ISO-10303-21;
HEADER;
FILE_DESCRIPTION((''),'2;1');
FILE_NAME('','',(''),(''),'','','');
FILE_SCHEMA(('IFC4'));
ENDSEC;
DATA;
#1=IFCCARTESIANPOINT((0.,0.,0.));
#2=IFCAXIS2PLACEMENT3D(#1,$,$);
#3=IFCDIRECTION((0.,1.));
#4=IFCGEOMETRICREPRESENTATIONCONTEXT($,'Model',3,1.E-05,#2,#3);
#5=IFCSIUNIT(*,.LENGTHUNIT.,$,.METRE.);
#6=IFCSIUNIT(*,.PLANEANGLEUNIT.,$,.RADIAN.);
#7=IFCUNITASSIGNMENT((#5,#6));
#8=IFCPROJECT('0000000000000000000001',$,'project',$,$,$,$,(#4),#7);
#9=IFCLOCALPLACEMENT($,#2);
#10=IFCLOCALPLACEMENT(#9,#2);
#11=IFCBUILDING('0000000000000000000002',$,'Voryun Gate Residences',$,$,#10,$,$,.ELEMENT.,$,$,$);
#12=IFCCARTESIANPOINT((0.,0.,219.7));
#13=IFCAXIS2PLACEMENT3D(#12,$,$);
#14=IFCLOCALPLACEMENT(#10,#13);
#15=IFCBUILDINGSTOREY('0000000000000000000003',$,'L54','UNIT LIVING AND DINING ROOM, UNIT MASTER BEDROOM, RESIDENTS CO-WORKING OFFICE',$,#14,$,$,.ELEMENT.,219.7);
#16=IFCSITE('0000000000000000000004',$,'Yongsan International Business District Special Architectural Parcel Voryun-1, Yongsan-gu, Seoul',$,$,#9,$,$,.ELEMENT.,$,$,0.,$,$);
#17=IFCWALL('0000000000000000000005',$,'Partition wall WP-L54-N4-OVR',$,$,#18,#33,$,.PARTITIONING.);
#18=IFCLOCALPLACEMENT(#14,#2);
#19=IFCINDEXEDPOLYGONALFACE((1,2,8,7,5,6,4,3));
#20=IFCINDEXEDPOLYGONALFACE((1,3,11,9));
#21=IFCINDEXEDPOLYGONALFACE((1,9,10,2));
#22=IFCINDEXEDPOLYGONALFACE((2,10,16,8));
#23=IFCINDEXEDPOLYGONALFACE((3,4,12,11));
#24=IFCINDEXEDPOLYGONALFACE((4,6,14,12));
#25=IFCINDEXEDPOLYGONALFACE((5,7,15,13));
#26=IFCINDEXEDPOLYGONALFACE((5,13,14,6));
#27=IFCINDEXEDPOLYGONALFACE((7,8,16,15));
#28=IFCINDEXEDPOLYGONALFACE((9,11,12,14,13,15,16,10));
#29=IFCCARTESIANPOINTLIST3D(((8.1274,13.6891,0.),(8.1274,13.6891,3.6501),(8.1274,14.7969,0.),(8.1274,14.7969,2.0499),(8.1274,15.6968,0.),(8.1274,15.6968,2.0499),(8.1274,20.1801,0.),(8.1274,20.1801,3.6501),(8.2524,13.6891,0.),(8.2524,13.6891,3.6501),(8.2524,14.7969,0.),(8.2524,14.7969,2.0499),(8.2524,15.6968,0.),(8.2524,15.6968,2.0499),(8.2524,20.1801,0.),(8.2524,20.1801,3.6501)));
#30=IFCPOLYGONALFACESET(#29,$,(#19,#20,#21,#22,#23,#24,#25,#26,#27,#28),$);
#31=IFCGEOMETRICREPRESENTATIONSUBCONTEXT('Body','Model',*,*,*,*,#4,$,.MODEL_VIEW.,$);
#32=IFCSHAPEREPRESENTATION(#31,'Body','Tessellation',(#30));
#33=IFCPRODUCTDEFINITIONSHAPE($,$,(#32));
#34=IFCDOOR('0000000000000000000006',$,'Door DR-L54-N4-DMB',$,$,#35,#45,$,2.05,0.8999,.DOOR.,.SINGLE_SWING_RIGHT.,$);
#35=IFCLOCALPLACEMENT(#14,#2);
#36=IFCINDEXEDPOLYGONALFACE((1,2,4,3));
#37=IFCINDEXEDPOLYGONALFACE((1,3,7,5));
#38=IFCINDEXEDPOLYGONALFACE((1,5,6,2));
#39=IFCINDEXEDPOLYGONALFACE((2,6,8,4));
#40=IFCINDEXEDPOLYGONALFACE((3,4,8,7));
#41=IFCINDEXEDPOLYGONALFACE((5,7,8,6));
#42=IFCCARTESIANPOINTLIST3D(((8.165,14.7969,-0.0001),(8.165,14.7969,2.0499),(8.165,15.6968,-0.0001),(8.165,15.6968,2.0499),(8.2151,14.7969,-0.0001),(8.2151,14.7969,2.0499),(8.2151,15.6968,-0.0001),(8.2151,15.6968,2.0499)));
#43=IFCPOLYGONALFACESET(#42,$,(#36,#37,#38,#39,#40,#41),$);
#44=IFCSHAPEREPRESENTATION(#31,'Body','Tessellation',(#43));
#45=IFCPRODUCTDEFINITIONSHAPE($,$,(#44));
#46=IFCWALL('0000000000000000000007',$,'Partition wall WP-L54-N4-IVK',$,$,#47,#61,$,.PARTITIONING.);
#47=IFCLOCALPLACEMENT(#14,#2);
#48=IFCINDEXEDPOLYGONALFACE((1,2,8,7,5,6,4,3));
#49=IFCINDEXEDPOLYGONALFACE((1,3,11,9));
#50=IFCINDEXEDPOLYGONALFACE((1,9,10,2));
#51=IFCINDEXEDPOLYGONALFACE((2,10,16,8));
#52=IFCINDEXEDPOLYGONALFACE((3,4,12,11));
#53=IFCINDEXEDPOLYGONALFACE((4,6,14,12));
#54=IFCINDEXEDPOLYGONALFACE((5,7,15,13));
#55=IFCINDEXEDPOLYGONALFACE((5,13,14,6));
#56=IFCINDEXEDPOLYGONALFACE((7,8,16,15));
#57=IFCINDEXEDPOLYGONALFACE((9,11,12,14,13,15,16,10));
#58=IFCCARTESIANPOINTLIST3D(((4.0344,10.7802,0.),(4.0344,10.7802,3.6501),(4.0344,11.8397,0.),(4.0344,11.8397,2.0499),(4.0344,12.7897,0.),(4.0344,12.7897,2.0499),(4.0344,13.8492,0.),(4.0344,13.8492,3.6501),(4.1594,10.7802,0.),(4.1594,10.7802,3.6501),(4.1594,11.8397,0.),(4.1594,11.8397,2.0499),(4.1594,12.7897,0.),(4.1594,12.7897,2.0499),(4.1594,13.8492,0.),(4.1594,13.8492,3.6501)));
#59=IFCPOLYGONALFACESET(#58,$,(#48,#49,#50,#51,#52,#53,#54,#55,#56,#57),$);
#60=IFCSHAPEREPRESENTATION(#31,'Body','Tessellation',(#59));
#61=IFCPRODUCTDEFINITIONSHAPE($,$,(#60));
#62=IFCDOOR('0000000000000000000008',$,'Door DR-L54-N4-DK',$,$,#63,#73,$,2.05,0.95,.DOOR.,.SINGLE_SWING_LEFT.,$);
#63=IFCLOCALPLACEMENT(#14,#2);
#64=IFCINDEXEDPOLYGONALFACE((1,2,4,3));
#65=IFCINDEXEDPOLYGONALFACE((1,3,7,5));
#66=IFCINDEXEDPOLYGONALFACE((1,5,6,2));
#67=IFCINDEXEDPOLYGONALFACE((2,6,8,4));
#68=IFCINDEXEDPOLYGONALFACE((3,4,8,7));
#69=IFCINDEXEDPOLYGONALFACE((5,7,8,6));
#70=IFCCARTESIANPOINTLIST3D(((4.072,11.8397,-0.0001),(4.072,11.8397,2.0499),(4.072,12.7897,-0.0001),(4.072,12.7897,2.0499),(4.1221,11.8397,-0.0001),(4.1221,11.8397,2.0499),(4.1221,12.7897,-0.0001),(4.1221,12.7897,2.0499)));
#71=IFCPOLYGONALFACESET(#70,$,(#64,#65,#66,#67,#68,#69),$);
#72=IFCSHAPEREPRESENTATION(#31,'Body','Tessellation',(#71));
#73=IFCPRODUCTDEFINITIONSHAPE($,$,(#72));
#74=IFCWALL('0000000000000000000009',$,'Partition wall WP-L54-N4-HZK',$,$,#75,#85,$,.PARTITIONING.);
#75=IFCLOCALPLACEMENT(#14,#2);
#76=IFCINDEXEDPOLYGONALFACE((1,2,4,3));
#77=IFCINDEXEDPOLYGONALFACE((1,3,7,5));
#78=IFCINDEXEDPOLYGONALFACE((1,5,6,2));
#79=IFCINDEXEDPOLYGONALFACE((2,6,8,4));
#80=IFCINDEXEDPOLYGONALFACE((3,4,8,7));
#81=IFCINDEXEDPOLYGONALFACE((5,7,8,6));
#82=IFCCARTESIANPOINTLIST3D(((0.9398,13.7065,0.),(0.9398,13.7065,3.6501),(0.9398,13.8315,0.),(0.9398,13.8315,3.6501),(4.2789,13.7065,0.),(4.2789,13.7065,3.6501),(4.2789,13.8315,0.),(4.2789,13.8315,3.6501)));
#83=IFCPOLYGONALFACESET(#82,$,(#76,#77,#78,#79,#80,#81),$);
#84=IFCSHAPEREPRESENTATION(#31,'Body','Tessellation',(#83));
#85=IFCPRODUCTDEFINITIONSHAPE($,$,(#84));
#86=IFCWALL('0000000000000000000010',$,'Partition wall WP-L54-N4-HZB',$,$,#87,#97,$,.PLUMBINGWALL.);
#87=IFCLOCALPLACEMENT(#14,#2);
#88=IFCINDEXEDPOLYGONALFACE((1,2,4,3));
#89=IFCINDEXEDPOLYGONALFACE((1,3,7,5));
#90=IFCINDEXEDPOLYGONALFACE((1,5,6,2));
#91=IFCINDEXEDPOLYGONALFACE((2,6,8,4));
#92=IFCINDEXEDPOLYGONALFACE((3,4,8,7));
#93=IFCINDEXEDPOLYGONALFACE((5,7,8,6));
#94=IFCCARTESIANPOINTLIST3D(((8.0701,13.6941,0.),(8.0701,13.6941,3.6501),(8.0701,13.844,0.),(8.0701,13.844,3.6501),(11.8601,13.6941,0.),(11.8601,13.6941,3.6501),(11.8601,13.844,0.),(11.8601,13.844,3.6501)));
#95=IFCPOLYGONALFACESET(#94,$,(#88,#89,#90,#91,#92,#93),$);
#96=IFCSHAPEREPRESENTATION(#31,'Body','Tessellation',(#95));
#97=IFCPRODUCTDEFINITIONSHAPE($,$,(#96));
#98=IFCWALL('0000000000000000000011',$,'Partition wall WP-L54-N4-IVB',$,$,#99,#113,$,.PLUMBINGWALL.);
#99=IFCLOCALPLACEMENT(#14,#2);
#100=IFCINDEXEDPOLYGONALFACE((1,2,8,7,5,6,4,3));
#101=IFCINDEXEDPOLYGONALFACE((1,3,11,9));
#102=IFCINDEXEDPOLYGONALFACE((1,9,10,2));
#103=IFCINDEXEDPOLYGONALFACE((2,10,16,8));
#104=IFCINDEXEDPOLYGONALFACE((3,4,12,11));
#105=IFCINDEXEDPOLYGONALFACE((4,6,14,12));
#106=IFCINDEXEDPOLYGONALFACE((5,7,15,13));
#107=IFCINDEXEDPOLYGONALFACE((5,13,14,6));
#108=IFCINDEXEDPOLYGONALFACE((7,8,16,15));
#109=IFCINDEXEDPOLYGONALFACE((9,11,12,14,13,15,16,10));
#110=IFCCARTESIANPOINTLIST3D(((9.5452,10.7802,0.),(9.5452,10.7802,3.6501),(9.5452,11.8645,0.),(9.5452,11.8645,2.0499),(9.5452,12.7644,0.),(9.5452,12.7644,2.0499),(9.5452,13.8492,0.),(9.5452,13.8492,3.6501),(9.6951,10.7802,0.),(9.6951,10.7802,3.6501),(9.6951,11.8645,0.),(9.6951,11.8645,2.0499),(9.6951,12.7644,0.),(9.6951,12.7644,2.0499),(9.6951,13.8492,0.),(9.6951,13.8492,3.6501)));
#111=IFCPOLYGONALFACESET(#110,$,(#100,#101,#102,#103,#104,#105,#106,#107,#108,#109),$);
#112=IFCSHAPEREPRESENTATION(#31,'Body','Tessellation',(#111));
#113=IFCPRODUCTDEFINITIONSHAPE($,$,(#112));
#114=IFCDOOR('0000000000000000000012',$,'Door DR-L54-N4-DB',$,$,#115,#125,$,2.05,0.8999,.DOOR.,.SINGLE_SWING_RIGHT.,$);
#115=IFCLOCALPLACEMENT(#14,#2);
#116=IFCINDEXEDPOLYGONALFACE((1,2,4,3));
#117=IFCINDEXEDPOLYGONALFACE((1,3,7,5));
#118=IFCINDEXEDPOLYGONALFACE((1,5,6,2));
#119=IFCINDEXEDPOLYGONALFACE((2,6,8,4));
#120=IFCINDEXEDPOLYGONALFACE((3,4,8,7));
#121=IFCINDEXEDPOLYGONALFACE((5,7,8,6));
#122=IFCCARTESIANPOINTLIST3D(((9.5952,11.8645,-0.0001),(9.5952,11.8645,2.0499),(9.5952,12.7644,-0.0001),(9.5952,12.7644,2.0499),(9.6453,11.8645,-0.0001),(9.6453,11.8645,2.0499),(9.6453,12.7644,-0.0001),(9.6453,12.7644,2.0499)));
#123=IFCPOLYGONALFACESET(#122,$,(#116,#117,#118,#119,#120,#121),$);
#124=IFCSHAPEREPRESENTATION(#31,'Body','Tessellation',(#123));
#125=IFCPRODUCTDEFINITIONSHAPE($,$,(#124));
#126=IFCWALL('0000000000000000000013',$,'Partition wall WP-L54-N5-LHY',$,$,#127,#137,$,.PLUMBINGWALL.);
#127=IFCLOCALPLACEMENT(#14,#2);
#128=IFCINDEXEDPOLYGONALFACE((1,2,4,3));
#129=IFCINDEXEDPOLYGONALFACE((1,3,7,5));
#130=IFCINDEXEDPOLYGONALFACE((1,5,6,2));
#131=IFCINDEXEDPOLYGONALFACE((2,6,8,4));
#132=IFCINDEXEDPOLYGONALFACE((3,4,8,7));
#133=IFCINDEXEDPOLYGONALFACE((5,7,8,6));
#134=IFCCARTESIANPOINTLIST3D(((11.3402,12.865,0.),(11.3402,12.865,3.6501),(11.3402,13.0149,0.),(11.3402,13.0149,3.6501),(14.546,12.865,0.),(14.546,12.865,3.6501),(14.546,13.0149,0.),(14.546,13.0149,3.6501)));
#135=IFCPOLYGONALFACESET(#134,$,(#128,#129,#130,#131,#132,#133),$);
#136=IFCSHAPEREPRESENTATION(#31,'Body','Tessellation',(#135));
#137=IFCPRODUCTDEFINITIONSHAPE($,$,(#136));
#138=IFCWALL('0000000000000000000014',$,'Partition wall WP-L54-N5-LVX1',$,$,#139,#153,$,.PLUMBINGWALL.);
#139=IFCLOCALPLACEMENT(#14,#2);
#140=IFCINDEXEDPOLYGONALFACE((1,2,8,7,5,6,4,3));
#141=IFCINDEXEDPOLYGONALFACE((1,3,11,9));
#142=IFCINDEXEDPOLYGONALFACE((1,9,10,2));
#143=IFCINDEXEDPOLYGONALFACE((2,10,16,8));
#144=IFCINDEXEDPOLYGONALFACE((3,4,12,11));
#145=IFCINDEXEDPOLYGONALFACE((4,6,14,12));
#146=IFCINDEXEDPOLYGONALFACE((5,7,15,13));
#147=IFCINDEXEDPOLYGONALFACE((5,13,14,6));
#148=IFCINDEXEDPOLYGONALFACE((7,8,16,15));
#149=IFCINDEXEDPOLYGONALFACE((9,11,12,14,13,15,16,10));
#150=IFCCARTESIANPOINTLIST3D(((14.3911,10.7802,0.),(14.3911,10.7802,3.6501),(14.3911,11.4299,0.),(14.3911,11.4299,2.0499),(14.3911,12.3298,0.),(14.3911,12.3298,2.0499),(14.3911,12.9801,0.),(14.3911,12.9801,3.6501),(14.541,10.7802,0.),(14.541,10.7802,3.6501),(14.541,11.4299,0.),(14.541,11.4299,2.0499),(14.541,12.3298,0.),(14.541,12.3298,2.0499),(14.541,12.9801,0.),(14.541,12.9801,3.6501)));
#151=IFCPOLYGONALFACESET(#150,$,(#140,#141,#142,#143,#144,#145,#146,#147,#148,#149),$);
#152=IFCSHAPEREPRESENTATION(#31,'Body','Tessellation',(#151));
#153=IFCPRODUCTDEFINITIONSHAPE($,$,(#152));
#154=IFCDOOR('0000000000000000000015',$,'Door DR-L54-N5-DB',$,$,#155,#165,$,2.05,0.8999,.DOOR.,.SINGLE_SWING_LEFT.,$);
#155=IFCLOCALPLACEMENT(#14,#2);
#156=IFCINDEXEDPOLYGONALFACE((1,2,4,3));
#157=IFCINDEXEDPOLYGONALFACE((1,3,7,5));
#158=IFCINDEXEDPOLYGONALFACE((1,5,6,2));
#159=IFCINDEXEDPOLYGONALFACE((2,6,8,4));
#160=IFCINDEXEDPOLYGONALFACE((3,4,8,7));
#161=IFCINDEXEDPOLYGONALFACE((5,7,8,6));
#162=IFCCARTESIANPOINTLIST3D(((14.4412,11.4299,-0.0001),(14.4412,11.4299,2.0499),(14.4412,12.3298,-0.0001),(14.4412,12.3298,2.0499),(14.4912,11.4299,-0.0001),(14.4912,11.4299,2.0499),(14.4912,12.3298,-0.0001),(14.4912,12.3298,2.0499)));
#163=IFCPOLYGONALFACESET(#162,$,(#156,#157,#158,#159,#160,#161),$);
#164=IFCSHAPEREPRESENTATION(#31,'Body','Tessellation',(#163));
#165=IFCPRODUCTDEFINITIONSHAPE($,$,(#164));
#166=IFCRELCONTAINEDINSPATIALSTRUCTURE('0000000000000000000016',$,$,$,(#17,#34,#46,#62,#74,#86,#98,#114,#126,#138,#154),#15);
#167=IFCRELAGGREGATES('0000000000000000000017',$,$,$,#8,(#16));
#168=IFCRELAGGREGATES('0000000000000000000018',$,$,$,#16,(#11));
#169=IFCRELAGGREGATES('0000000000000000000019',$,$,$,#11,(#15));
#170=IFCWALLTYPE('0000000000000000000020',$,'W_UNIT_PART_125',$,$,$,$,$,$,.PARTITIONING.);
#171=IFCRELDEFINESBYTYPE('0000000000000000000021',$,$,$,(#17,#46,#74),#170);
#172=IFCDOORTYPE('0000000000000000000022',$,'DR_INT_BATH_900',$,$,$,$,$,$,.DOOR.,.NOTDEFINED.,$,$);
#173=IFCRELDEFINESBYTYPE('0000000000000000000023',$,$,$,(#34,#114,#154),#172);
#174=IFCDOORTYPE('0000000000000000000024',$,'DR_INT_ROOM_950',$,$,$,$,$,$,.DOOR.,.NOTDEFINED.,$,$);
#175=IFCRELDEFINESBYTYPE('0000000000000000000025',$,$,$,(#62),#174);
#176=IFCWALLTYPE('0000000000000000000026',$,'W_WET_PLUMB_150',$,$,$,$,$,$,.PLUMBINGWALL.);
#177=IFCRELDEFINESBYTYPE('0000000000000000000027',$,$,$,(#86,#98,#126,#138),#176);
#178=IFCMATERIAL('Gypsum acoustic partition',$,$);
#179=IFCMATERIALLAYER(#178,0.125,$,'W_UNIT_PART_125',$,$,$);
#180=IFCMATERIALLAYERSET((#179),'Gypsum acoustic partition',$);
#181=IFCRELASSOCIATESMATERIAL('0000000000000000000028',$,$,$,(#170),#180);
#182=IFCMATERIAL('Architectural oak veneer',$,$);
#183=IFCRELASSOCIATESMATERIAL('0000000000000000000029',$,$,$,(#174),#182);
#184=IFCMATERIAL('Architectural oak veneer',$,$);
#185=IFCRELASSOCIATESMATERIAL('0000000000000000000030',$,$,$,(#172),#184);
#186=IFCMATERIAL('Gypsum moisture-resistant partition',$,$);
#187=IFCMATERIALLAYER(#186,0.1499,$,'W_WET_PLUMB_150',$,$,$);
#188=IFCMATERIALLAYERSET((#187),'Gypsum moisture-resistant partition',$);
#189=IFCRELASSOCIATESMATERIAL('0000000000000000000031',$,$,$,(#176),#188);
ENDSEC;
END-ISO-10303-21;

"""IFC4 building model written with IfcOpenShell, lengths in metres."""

from ifc_helpers import new_model, si_unit, direction, frame, frame_2d, origin, place, context, subcontext, project, spatial, rectangle, extrude, material, layer, layer_set, type_object, element, fill, save


model = new_model("IFC4")

# Units and contexts
model_context = context("Model", 3, precision=1e-05, world=origin(), true_north=direction((0.0, 1.0)))
body_context = subcontext(model_context, "Body", "Model", "MODEL_VIEW")
ifc_project = project(units=[si_unit("LENGTHUNIT", "METRE"), si_unit("PLANEANGLEUNIT", "RADIAN")], contexts=[model_context])

# Site, building, storey
site_placement = place(None, origin())
site = spatial("IfcSite", under=ifc_project, at=site_placement, Name="Yongsan International Business District Special Architectural Parcel Voryun-1, Yongsan-gu, Seoul", CompositionType="ELEMENT", RefElevation=0.0)
building_placement = place(site_placement, origin())
building = spatial("IfcBuilding", under=site, at=building_placement, Name="Voryun Gate Residences", CompositionType="ELEMENT")
storey_placement = place(building_placement, frame((0.0, 0.0, 219.7)))
storey = spatial("IfcBuildingStorey", under=building, at=storey_placement, Name="L54", Description="UNIT LIVING AND DINING ROOM, UNIT MASTER BEDROOM, RESIDENTS CO-WORKING OFFICE", CompositionType="ELEMENT", Elevation=219.7)

# Walls, openings, doors
ifc_material_1 = material(Name="Gypsum acoustic partition")
ifc_layer_1 = layer(ifc_material_1, 0.125, Name="W_UNIT_PART_125")
ifc_layer_set_1 = layer_set([ifc_layer_1], Name="Gypsum acoustic partition")
wall_type_1 = type_object("IfcWallType", Name="W_UNIT_PART_125", PredefinedType="PARTITIONING", material=ifc_layer_set_1)
ifc_material_2 = material(Name="Architectural oak veneer")
door_type_1 = type_object("IfcDoorType", Name="DR_INT_ROOM_950", OperationType="NOTDEFINED", PredefinedType="DOOR", material=ifc_material_2)
wall_1_placement = place(storey_placement, frame((8.1899, 13.689, 0.0), z_axis=(0.0, 0.0, 1.0), x_axis=(0.0, 1.0, 0.0)))
wall_1 = element("IfcWall", 1, at=wall_1_placement, inside=storey, type_object=wall_type_1, Name="Partition wall WP-L54-N4-OVR", PredefinedType="PARTITIONING", context=body_context, shape_type="SweptSolid", body=[
    extrude(rectangle(XDim=6.491, YDim=0.125, at=frame_2d((3.2456, 0.0))), origin(), (0.0, 0.0, 1.0), 3.6501),
])
opening_1_placement = place(wall_1_placement, frame((1.1079, 0.0, 0.0)))
opening_1 = element("IfcOpeningElement", 2, at=opening_1_placement, cuts=wall_1, PredefinedType="OPENING", context=body_context, shape_type="SweptSolid", body=[
    extrude(rectangle(XDim=0.8999, YDim=2.05, at=frame_2d((0.45, 1.0249))), frame((0.0, 0.0725, 0.0), z_axis=(0.0, -1.0, 0.0), x_axis=(1.0, 0.0, 0.0)), (0.0, 0.0, 1.0), 0.145),
])
ifc_material_3 = material(Name="Architectural oak veneer")
door_type_2 = type_object("IfcDoorType", Name="DR_INT_BATH_900", OperationType="NOTDEFINED", PredefinedType="DOOR", material=ifc_material_3)
door_1_placement = place(opening_1_placement, origin())
door_1 = element("IfcDoor", 3, at=door_1_placement, inside=storey, type_object=door_type_2, Name="Door DR-L54-N4-DMB", OperationType="SINGLE_SWING_RIGHT", OverallHeight=2.05, OverallWidth=0.8999, PredefinedType="DOOR", context=body_context, shape_type="SweptSolid", body=[
    extrude(rectangle(XDim=0.8999, YDim=2.05, at=frame_2d((0.45, 1.0249))), frame((0.0, 0.0249, 0.0), z_axis=(0.0, -1.0, 0.0), x_axis=(1.0, 0.0, 0.0)), (0.0, 0.0, 1.0), 0.05),
])
fill(opening_1, door_1)
wall_2_placement = place(storey_placement, frame((4.0969, 10.78, 0.0), z_axis=(0.0, 0.0, 1.0), x_axis=(0.0, 1.0, 0.0)))
wall_2 = element("IfcWall", 4, at=wall_2_placement, inside=storey, type_object=wall_type_1, Name="Partition wall WP-L54-N4-IVK", PredefinedType="PARTITIONING", context=body_context, shape_type="SweptSolid", body=[
    extrude(rectangle(XDim=3.0691, YDim=0.125, at=frame_2d((1.5347, 0.0))), origin(), (0.0, 0.0, 1.0), 3.6501),
])
opening_2_placement = place(wall_2_placement, frame((1.0596, 0.0, 0.0)))
opening_2 = element("IfcOpeningElement", 5, at=opening_2_placement, cuts=wall_2, PredefinedType="OPENING", context=body_context, shape_type="SweptSolid", body=[
    extrude(rectangle(XDim=0.95, YDim=2.05, at=frame_2d((0.4751, 1.0249))), frame((0.0, 0.0725, 0.0), z_axis=(0.0, -1.0, 0.0), x_axis=(1.0, 0.0, 0.0)), (0.0, 0.0, 1.0), 0.145),
])
door_2_placement = place(opening_2_placement, origin())
door_2 = element("IfcDoor", 6, at=door_2_placement, inside=storey, type_object=door_type_1, Name="Door DR-L54-N4-DK", OperationType="SINGLE_SWING_LEFT", OverallHeight=2.05, OverallWidth=0.95, PredefinedType="DOOR", context=body_context, shape_type="SweptSolid", body=[
    extrude(rectangle(XDim=0.95, YDim=2.05, at=frame_2d((0.4751, 1.0249))), frame((0.0, 0.0249, 0.0), z_axis=(0.0, -1.0, 0.0), x_axis=(1.0, 0.0, 0.0)), (0.0, 0.0, 1.0), 0.05),
])
fill(opening_2, door_2)

# Walls
wall_3_placement = place(storey_placement, frame((0.9399, 13.769, 0.0), z_axis=(0.0, 0.0, 1.0), x_axis=(1.0, 0.0, 0.0)))
element("IfcWall", 7, at=wall_3_placement, inside=storey, type_object=wall_type_1, Name="Partition wall WP-L54-N4-HZK", PredefinedType="PARTITIONING", context=body_context, shape_type="SweptSolid", body=[
    extrude(rectangle(XDim=3.3391, YDim=0.125, at=frame_2d((1.6694, 0.0))), origin(), (0.0, 0.0, 1.0), 3.6501),
])
ifc_material_4 = material(Name="Gypsum moisture-resistant partition")
ifc_layer_2 = layer(ifc_material_4, 0.1499, Name="W_WET_PLUMB_150")
ifc_layer_set_2 = layer_set([ifc_layer_2], Name="Gypsum moisture-resistant partition")
wall_type_2 = type_object("IfcWallType", Name="W_WET_PLUMB_150", PredefinedType="PLUMBINGWALL", material=ifc_layer_set_2)
wall_4_placement = place(storey_placement, frame((8.0701, 13.769, 0.0), z_axis=(0.0, 0.0, 1.0), x_axis=(1.0, 0.0, 0.0)))
element("IfcWall", 8, at=wall_4_placement, inside=storey, type_object=wall_type_2, Name="Partition wall WP-L54-N4-HZB", PredefinedType="PLUMBINGWALL", context=body_context, shape_type="SweptSolid", body=[
    extrude(rectangle(XDim=3.79, YDim=0.1499, at=frame_2d((1.895, 0.0))), origin(), (0.0, 0.0, 1.0), 3.6501),
])

# Wall, opening, door
wall_5_placement = place(storey_placement, frame((9.6201, 10.78, 0.0), z_axis=(0.0, 0.0, 1.0), x_axis=(0.0, 1.0, 0.0)))
wall_5 = element("IfcWall", 9, at=wall_5_placement, inside=storey, type_object=wall_type_2, Name="Partition wall WP-L54-N4-IVB", PredefinedType="PLUMBINGWALL", context=body_context, shape_type="SweptSolid", body=[
    extrude(rectangle(XDim=3.0691, YDim=0.1499, at=frame_2d((1.5347, 0.0))), origin(), (0.0, 0.0, 1.0), 3.6501),
])
opening_3_placement = place(wall_5_placement, frame((1.0845, 0.0, 0.0)))
opening_3 = element("IfcOpeningElement", 10, at=opening_3_placement, cuts=wall_5, PredefinedType="OPENING", context=body_context, shape_type="SweptSolid", body=[
    extrude(rectangle(XDim=0.8999, YDim=2.05, at=frame_2d((0.45, 1.0249))), frame((0.0, 0.085, 0.0), z_axis=(0.0, -1.0, 0.0), x_axis=(1.0, 0.0, 0.0)), (0.0, 0.0, 1.0), 0.1699),
])
door_3_placement = place(opening_3_placement, origin())
door_3 = element("IfcDoor", 11, at=door_3_placement, inside=storey, type_object=door_type_2, Name="Door DR-L54-N4-DB", OperationType="SINGLE_SWING_RIGHT", OverallHeight=2.05, OverallWidth=0.8999, PredefinedType="DOOR", context=body_context, shape_type="SweptSolid", body=[
    extrude(rectangle(XDim=0.8999, YDim=2.05, at=frame_2d((0.45, 1.0249))), frame((0.0, 0.0249, 0.0), z_axis=(0.0, -1.0, 0.0), x_axis=(1.0, 0.0, 0.0)), (0.0, 0.0, 1.0), 0.05),
])
fill(opening_3, door_3)

# Wall
wall_6_placement = place(storey_placement, frame((11.3401, 12.9399, 0.0), z_axis=(0.0, 0.0, 1.0), x_axis=(1.0, 0.0, 0.0)))
element("IfcWall", 12, at=wall_6_placement, inside=storey, type_object=wall_type_2, Name="Partition wall WP-L54-N5-LHY", PredefinedType="PLUMBINGWALL", context=body_context, shape_type="SweptSolid", body=[
    extrude(rectangle(XDim=3.2058, YDim=0.1499, at=frame_2d((1.603, 0.0))), origin(), (0.0, 0.0, 1.0), 3.6501),
])

# Wall, opening, door
wall_7_placement = place(storey_placement, frame((14.4661, 10.78, 0.0), z_axis=(0.0, 0.0, 1.0), x_axis=(0.0, 1.0, 0.0)))
wall_7 = element("IfcWall", 13, at=wall_7_placement, inside=storey, type_object=wall_type_2, Name="Partition wall WP-L54-N5-LVX1", PredefinedType="PLUMBINGWALL", context=body_context, shape_type="SweptSolid", body=[
    extrude(rectangle(XDim=2.2, YDim=0.1499, at=frame_2d((1.1001, 0.0))), origin(), (0.0, 0.0, 1.0), 3.6501),
])
opening_4_placement = place(wall_7_placement, frame((0.6499, 0.0, 0.0)))
opening_4 = element("IfcOpeningElement", 14, at=opening_4_placement, cuts=wall_7, PredefinedType="OPENING", context=body_context, shape_type="SweptSolid", body=[
    extrude(rectangle(XDim=0.8999, YDim=2.05, at=frame_2d((0.45, 1.0249))), frame((0.0, 0.085, 0.0), z_axis=(0.0, -1.0, 0.0), x_axis=(1.0, 0.0, 0.0)), (0.0, 0.0, 1.0), 0.1699),
])
door_4_placement = place(opening_4_placement, origin())
door_4 = element("IfcDoor", 15, at=door_4_placement, inside=storey, type_object=door_type_2, Name="Door DR-L54-N5-DB", OperationType="SINGLE_SWING_LEFT", OverallHeight=2.05, OverallWidth=0.8999, PredefinedType="DOOR", context=body_context, shape_type="SweptSolid", body=[
    extrude(rectangle(XDim=0.8999, YDim=2.05, at=frame_2d((0.45, 1.0249))), frame((0.0, 0.0249, 0.0), z_axis=(0.0, -1.0, 0.0), x_axis=(1.0, 0.0, 0.0)), (0.0, 0.0, 1.0), 0.05),
])
fill(opening_4, door_4)

save(model, "model.ifc")
